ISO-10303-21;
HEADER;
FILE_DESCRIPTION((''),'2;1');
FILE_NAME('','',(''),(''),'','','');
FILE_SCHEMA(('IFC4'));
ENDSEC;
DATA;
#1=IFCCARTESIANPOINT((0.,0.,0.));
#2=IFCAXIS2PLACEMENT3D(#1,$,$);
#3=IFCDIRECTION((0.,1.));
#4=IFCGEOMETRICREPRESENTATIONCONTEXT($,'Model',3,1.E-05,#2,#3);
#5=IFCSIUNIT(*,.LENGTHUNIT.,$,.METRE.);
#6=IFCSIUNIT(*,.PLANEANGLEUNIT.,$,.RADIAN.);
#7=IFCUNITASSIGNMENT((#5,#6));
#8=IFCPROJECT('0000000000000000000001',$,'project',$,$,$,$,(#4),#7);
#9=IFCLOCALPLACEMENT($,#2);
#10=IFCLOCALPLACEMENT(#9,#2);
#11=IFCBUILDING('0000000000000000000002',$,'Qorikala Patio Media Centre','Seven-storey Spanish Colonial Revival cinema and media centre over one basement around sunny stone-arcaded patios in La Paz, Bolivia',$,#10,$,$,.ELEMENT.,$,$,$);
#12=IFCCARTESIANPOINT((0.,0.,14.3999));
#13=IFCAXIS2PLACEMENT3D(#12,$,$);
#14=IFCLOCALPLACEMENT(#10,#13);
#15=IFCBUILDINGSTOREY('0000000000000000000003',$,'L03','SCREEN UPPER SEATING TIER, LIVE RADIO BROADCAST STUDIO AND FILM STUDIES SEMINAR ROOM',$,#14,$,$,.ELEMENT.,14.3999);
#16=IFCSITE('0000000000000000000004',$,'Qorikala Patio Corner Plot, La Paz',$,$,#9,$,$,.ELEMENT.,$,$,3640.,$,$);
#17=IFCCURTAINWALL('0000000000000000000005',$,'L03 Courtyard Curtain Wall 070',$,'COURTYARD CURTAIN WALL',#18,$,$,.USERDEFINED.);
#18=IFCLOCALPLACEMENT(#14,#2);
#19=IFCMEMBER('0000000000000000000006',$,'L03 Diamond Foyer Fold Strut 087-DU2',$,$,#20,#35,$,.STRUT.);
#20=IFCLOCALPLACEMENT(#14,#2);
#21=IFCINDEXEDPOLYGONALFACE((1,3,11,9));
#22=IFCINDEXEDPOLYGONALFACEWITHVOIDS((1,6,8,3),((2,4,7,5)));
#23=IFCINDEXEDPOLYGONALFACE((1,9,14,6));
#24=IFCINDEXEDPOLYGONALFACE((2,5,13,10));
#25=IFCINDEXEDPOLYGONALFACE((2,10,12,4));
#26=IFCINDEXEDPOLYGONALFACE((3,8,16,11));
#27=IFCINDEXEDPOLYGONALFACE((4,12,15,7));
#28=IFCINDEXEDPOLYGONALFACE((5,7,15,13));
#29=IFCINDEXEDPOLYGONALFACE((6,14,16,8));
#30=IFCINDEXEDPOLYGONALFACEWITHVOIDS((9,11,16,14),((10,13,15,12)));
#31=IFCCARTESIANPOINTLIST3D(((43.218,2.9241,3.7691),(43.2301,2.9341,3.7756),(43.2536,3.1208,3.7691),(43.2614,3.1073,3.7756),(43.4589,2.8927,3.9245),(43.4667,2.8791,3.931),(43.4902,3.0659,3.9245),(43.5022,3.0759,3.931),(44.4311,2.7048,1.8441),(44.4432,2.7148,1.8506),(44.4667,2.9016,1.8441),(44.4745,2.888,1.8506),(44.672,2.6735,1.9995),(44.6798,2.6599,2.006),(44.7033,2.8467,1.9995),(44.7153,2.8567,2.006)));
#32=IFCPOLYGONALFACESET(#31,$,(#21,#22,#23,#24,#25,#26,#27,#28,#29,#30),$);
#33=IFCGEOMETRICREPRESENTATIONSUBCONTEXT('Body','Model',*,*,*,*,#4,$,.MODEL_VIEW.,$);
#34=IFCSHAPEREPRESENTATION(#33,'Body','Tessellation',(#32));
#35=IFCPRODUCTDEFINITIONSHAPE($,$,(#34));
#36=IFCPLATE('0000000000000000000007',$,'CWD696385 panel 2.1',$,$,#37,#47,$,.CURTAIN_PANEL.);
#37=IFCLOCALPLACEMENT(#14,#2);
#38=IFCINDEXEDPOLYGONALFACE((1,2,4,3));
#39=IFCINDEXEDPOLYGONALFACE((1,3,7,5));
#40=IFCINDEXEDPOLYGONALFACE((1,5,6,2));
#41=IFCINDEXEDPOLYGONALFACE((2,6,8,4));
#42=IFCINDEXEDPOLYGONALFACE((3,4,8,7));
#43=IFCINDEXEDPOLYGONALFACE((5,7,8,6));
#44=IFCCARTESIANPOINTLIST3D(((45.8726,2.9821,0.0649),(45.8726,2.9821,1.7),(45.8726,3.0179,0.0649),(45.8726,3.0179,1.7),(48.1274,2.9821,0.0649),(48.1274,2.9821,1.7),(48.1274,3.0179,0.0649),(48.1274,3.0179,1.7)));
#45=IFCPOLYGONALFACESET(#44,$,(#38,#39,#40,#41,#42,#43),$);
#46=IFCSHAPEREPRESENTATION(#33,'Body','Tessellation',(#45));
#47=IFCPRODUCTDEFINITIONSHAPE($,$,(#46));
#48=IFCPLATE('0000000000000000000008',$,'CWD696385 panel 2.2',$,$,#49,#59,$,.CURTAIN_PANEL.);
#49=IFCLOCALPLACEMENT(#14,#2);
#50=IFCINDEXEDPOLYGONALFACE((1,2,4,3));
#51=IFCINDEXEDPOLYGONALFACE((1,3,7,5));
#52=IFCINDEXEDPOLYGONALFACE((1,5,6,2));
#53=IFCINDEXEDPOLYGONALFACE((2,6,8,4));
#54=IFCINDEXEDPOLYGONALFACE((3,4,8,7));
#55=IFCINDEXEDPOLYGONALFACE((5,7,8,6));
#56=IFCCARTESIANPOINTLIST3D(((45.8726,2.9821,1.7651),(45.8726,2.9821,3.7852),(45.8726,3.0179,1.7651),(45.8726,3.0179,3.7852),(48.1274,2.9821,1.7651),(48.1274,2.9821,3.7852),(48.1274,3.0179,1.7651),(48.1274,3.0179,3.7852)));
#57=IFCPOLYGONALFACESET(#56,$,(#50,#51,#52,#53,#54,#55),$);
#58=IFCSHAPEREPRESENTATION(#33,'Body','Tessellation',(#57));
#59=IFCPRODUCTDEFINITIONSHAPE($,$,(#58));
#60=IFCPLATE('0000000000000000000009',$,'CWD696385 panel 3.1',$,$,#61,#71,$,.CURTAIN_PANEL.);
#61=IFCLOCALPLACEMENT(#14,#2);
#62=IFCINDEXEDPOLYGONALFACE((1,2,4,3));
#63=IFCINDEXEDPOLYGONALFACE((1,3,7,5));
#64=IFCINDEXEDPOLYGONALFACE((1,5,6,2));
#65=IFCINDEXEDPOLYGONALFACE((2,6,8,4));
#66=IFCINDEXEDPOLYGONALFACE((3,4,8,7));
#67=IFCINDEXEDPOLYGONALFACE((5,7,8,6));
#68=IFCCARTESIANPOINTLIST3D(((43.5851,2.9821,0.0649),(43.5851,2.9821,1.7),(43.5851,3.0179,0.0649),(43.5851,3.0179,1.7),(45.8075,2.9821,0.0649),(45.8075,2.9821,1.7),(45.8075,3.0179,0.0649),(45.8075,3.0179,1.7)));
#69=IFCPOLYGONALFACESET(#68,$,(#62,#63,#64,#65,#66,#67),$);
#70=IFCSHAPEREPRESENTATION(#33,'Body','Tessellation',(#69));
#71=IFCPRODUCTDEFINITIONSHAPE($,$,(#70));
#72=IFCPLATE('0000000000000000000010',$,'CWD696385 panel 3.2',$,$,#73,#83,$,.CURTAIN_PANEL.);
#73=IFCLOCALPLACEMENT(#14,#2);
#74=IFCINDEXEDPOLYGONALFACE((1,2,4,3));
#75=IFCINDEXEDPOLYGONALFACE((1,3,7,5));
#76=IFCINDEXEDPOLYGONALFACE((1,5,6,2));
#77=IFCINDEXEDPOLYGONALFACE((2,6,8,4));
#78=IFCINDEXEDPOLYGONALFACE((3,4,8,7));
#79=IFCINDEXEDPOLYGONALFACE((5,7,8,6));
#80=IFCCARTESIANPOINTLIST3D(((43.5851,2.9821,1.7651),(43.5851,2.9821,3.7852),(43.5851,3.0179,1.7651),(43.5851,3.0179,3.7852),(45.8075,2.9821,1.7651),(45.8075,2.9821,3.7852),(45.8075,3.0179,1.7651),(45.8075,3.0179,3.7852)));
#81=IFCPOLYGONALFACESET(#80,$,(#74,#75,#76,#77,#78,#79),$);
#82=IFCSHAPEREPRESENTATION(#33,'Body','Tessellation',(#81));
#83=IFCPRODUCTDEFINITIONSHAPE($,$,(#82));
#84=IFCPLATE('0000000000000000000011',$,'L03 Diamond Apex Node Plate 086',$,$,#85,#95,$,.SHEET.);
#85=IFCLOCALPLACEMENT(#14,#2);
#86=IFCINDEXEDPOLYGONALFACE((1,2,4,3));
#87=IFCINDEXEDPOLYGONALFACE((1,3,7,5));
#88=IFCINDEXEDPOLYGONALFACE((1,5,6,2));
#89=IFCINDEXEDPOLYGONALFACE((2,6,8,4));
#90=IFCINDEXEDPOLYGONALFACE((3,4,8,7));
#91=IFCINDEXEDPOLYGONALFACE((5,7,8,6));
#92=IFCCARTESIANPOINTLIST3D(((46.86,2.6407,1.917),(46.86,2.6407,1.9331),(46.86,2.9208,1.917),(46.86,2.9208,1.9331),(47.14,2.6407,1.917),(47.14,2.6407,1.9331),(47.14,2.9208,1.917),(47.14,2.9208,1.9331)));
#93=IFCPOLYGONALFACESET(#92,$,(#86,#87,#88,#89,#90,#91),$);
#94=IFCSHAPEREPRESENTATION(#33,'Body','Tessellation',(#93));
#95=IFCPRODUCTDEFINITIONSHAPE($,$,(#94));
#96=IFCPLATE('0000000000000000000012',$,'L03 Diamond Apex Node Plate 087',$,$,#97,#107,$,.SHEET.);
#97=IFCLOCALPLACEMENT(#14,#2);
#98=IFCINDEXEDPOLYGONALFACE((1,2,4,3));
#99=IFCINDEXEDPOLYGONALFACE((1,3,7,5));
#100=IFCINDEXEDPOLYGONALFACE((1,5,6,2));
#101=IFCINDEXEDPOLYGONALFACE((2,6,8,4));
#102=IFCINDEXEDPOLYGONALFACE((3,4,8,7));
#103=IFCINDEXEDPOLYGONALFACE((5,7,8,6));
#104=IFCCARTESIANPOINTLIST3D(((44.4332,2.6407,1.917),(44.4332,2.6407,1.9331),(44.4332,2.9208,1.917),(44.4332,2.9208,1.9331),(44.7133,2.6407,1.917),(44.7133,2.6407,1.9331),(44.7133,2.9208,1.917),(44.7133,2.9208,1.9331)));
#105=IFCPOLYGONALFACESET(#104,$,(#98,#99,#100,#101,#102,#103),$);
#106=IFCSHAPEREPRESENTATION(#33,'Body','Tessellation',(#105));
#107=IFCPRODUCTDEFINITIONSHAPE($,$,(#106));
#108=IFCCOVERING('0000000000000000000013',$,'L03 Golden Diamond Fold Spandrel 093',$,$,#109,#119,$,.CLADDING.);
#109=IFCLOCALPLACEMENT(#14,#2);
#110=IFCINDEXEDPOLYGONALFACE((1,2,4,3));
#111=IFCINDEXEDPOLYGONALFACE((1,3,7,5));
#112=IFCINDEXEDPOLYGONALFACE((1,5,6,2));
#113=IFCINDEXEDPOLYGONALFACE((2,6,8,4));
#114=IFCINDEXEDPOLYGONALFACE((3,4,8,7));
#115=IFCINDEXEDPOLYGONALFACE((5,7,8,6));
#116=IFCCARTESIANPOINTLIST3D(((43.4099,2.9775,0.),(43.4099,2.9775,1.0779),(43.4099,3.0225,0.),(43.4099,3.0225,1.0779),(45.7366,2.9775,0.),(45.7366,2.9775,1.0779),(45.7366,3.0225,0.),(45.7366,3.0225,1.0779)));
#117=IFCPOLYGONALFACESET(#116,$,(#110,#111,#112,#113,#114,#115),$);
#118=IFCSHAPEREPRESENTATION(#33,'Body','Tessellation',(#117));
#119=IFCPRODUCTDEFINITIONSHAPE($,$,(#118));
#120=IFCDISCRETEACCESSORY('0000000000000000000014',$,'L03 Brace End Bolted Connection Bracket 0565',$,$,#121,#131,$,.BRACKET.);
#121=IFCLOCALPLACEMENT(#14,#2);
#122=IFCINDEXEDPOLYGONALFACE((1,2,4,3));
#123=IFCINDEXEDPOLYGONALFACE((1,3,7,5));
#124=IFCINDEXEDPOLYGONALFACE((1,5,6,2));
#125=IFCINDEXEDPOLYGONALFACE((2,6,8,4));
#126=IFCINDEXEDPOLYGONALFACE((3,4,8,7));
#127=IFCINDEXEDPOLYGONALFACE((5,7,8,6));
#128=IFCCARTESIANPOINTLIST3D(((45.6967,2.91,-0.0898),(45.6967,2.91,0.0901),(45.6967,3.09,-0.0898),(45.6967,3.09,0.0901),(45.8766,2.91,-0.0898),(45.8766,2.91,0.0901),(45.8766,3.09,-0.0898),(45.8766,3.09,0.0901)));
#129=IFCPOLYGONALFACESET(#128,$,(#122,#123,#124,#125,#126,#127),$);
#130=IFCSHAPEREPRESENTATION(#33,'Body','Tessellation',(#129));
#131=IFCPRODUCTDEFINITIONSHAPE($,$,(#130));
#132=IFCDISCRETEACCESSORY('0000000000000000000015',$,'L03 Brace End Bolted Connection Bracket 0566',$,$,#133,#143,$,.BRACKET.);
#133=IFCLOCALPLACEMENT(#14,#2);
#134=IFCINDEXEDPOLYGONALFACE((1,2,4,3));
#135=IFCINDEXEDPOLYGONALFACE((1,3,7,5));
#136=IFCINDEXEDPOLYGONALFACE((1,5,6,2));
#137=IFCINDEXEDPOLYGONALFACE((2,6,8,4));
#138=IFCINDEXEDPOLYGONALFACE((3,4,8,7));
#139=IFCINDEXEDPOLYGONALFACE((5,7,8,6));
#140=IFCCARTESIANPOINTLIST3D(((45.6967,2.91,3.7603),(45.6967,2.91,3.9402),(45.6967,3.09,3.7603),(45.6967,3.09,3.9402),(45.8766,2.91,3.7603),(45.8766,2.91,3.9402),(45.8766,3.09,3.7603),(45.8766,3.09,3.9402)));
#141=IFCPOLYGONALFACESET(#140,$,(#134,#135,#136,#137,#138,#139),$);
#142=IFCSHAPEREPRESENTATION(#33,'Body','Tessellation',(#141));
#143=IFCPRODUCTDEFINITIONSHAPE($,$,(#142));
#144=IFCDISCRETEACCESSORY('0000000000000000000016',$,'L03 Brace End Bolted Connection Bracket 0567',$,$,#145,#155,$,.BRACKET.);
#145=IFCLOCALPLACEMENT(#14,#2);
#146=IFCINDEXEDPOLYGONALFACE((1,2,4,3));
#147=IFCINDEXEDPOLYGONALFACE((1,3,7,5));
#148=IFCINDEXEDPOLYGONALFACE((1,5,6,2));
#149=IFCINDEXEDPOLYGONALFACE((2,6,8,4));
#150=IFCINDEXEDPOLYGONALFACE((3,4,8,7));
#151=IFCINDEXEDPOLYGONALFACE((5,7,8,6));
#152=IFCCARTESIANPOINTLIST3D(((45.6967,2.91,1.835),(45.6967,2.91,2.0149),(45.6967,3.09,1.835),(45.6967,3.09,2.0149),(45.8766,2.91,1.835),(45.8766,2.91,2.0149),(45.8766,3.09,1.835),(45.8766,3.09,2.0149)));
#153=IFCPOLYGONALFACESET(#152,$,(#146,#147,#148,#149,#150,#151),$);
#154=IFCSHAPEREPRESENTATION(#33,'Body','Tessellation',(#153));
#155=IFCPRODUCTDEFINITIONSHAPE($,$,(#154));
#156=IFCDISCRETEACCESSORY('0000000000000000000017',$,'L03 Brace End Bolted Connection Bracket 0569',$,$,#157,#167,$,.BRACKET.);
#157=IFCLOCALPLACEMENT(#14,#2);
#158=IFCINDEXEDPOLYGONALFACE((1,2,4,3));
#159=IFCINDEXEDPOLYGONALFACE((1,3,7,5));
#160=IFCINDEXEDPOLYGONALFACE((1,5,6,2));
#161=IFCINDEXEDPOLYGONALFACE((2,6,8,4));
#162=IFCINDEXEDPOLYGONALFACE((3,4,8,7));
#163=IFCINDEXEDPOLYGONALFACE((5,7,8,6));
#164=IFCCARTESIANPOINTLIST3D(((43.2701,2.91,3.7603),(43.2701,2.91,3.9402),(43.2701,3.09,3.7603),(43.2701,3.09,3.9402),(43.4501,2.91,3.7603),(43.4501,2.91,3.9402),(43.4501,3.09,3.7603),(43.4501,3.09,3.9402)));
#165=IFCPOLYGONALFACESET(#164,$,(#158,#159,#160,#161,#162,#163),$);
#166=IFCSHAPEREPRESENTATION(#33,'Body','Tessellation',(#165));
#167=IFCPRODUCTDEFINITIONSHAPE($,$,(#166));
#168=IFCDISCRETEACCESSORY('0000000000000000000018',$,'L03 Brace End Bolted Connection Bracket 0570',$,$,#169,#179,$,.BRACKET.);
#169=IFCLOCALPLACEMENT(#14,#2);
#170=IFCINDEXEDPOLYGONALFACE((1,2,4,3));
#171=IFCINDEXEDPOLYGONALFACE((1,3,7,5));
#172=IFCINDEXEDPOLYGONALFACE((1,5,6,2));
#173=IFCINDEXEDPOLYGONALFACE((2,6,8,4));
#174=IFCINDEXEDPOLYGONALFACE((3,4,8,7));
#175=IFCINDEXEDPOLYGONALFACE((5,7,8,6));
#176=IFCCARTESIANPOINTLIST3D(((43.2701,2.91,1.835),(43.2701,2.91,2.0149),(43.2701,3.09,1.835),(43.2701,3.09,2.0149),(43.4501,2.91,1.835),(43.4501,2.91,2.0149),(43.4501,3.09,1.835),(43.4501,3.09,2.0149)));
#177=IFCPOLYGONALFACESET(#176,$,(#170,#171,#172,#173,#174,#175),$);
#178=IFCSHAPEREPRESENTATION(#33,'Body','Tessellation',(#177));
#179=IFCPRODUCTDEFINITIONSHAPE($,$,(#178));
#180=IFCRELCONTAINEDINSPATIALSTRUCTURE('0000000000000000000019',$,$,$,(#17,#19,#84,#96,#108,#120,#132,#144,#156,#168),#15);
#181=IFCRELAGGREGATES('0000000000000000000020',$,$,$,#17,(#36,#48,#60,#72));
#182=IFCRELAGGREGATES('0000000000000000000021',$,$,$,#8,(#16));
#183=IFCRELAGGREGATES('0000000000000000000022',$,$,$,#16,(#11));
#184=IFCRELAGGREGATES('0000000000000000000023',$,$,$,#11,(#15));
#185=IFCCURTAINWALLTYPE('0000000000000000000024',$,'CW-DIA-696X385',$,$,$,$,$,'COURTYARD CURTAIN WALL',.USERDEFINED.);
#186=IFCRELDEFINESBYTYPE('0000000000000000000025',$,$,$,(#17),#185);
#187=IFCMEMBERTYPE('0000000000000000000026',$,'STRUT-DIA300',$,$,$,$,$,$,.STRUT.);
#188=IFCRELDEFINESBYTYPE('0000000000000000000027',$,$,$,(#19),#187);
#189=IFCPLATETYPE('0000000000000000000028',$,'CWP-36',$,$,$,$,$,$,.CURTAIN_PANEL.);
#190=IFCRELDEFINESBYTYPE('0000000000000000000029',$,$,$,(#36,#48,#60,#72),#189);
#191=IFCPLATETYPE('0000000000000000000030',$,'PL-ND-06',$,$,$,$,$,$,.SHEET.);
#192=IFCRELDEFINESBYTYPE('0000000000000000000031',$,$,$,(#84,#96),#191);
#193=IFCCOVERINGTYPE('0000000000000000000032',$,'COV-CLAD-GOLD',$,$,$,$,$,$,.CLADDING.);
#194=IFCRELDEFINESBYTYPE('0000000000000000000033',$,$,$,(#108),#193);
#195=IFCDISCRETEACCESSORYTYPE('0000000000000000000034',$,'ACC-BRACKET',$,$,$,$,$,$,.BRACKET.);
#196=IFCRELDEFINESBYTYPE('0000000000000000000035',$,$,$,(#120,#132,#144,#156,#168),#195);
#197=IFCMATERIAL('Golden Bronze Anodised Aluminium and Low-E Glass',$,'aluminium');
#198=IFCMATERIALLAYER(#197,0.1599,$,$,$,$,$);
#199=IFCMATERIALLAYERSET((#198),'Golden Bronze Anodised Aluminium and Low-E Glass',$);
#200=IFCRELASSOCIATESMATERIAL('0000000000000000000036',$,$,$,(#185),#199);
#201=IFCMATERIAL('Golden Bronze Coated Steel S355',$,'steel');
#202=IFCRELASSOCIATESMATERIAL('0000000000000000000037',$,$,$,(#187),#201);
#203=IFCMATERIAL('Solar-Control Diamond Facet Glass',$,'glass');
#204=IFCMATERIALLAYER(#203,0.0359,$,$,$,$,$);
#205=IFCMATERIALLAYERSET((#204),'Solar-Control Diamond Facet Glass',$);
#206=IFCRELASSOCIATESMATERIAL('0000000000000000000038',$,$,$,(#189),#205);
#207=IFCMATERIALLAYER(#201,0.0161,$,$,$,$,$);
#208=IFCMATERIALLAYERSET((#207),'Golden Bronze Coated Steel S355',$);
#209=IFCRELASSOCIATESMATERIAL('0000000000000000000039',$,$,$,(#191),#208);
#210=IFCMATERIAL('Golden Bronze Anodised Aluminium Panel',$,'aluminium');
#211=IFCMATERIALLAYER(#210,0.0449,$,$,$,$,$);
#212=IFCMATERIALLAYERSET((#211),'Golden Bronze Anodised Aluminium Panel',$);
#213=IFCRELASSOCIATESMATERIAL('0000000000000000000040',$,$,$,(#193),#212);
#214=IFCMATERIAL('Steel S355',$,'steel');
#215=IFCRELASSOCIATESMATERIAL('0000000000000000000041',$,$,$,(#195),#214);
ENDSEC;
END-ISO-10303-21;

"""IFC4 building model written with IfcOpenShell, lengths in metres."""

from ifc_helpers import new_model, si_unit, direction, frame, origin, origin_2d, place, context, subcontext, project, spatial, rectangle, hollow_rectangle, extrude, material, layer, layer_set, material_profile, profile_set, type_object, element, aggregate, save


model = new_model("IFC4")

# Units and contexts
model_context = context("Model", 3, precision=1e-05, world=origin(), true_north=direction((0.0, 1.0)))
body_context = subcontext(model_context, "Body", "Model", "MODEL_VIEW")
ifc_project = project(units=[si_unit("LENGTHUNIT", "METRE"), si_unit("PLANEANGLEUNIT", "RADIAN")], contexts=[model_context])

# Site, building, storey
site_placement = place(None, origin())
site = spatial("IfcSite", under=ifc_project, at=site_placement, Name="Qorikala Patio Corner Plot, La Paz", CompositionType="ELEMENT", RefElevation=3640.0)
building_placement = place(site_placement, origin())
building = spatial("IfcBuilding", under=site, at=building_placement, Name="Qorikala Patio Media Centre", Description="Seven-storey Spanish Colonial Revival cinema and media centre over one basement around sunny stone-arcaded patios in La Paz, Bolivia", CompositionType="ELEMENT")
storey_placement = place(building_placement, frame((0.0, 0.0, 14.3999)))
storey = spatial("IfcBuildingStorey", under=building, at=storey_placement, Name="L03", Description="SCREEN UPPER SEATING TIER, LIVE RADIO BROADCAST STUDIO AND FILM STUDIES SEMINAR ROOM", CompositionType="ELEMENT", Elevation=14.3999)

# Shared definitions
ifc_material_1 = material(Name="Golden Bronze Coated Steel S355", Category="steel")

# Curtain wall
ifc_material_2 = material(Name="Golden Bronze Anodised Aluminium and Low-E Glass", Category="aluminium")
ifc_layer_1 = layer(ifc_material_2, 0.1599)
ifc_layer_set_1 = layer_set([ifc_layer_1], Name="Golden Bronze Anodised Aluminium and Low-E Glass")
curtain_wall_type = type_object("IfcCurtainWallType", Name="CW-DIA-696X385", ElementType="COURTYARD CURTAIN WALL", PredefinedType="USERDEFINED", material=ifc_layer_set_1)
curtain_wall_placement = place(storey_placement, origin())
curtain_wall = element("IfcCurtainWall", 1, at=curtain_wall_placement, inside=storey, type_object=curtain_wall_type, Name="L03 Courtyard Curtain Wall 070", ObjectType="COURTYARD CURTAIN WALL", PredefinedType="USERDEFINED")

# Member
ifc_material_profile_1 = material_profile(ifc_material_1, hollow_rectangle(XDim=0.2, YDim=0.3, WallThickness=0.012, at=origin_2d()), Name="HSS300X200X12")
ifc_profile_set_1 = profile_set([ifc_material_profile_1], Name="Golden Bronze Coated Steel S355")
member_type_1 = type_object("IfcMemberType", Name="STRUT-DIA300", PredefinedType="STRUT", material=ifc_profile_set_1)
member_1_placement = place(storey_placement, frame((44.5732, 2.7808, 1.925), z_axis=(-0.530691, 0.095907, 0.842121), x_axis=(-0.17784, -0.984059, 0.0)))
element("IfcMember", 2, at=member_1_placement, inside=storey, type_object=member_type_1, Name="L03 Diamond Foyer Fold Strut 087-DU2", PredefinedType="STRUT", context=body_context, shape_type="SweptSolid", body=[
    extrude(hollow_rectangle(XDim=0.2, YDim=0.3, WallThickness=0.012, at=origin_2d()), origin(), (0.0, 0.0, 1.0), 2.2859),
])

# Plates
ifc_material_3 = material(Name="Solar-Control Diamond Facet Glass", Category="glass")
ifc_layer_2 = layer(ifc_material_3, 0.0359)
ifc_layer_set_2 = layer_set([ifc_layer_2], Name="Solar-Control Diamond Facet Glass")
plate_type_1 = type_object("IfcPlateType", Name="CWP-36", PredefinedType="CURTAIN_PANEL", material=ifc_layer_set_2)
plate_1_placement = place(storey_placement, frame((47.0, 3.0, 0.0649), z_axis=(0.0, 0.0, 1.0), x_axis=(-1.0, 0.0, 0.0)))
plate_1 = element("IfcPlate", 3, at=plate_1_placement, type_object=plate_type_1, Name="CWD696385 panel 2.1", PredefinedType="CURTAIN_PANEL", context=body_context, shape_type="SweptSolid", body=[
    extrude(rectangle(XDim=2.2549, YDim=0.0359, at=origin_2d()), origin(), (0.0, 0.0, 1.0), 1.635),
])
plate_2_placement = place(storey_placement, frame((47.0, 3.0, 1.7651), z_axis=(0.0, 0.0, 1.0), x_axis=(-1.0, 0.0, 0.0)))
plate_2 = element("IfcPlate", 4, at=plate_2_placement, type_object=plate_type_1, Name="CWD696385 panel 2.2", PredefinedType="CURTAIN_PANEL", context=body_context, shape_type="SweptSolid", body=[
    extrude(rectangle(XDim=2.2549, YDim=0.0359, at=origin_2d()), origin(), (0.0, 0.0, 1.0), 2.02),
])
plate_3_placement = place(storey_placement, frame((44.6963, 3.0, 0.0649), z_axis=(0.0, 0.0, 1.0), x_axis=(-1.0, 0.0, 0.0)))
plate_3 = element("IfcPlate", 5, at=plate_3_placement, type_object=plate_type_1, Name="CWD696385 panel 3.1", PredefinedType="CURTAIN_PANEL", context=body_context, shape_type="SweptSolid", body=[
    extrude(rectangle(XDim=2.2224, YDim=0.0359, at=origin_2d()), origin(), (0.0, 0.0, 1.0), 1.635),
])
plate_4_placement = place(storey_placement, frame((44.6963, 3.0, 1.7651), z_axis=(0.0, 0.0, 1.0), x_axis=(-1.0, 0.0, 0.0)))
plate_4 = element("IfcPlate", 6, at=plate_4_placement, type_object=plate_type_1, Name="CWD696385 panel 3.2", PredefinedType="CURTAIN_PANEL", context=body_context, shape_type="SweptSolid", body=[
    extrude(rectangle(XDim=2.2224, YDim=0.0359, at=origin_2d()), origin(), (0.0, 0.0, 1.0), 2.02),
])
aggregate(curtain_wall, [plate_1, plate_2, plate_3, plate_4])

# Plates
ifc_layer_3 = layer(ifc_material_1, 0.0161)
ifc_layer_set_3 = layer_set([ifc_layer_3], Name="Golden Bronze Coated Steel S355")
plate_type_2 = type_object("IfcPlateType", Name="PL-ND-06", PredefinedType="SHEET", material=ifc_layer_set_3)
for number, where, z_axis, x_axis, name in (
    (7, (47.0, 2.7808, 1.917), (0.0, 0.0, 1.0), (-1.0, 0.0, 0.0), "L03 Diamond Apex Node Plate 086"),
    (8, (44.5732, 2.7808, 1.917), (0.0, 0.0, 1.0), (-1.0, 0.0, 0.0), "L03 Diamond Apex Node Plate 087"),
):
    element("IfcPlate", number, at=place(storey_placement, frame(where, z_axis=z_axis, x_axis=x_axis)), inside=storey, type_object=plate_type_2, Name=name, PredefinedType="SHEET", context=body_context, shape_type="SweptSolid", body=[
        extrude(rectangle(XDim=0.28, YDim=0.28, at=origin_2d()), origin(), (0.0, 0.0, 1.0), 0.0161),
    ])

# Covering
ifc_material_4 = material(Name="Golden Bronze Anodised Aluminium Panel", Category="aluminium")
ifc_layer_4 = layer(ifc_material_4, 0.0449)
ifc_layer_set_4 = layer_set([ifc_layer_4], Name="Golden Bronze Anodised Aluminium Panel")
covering_type = type_object("IfcCoveringType", Name="COV-CLAD-GOLD", PredefinedType="CLADDING", material=ifc_layer_set_4)
covering_placement = place(storey_placement, frame((44.5732, 3.0, 0.0), z_axis=(0.0, 0.0, 1.0), x_axis=(-1.0, 0.0, 0.0)))
element("IfcCovering", 9, at=covering_placement, inside=storey, type_object=covering_type, Name="L03 Golden Diamond Fold Spandrel 093", PredefinedType="CLADDING", context=body_context, shape_type="SweptSolid", body=[
    extrude(rectangle(XDim=2.3267, YDim=0.0449, at=origin_2d()), origin(), (0.0, 0.0, 1.0), 1.0779),
])

# Discrete accessories
ifc_material_5 = material(Name="Steel S355", Category="steel")
discrete_accessory_type = type_object("IfcDiscreteAccessoryType", Name="ACC-BRACKET", PredefinedType="BRACKET", material=ifc_material_5)
for number, where, z_axis, x_axis, name in (
    (10, (45.7866, 3.0, -0.0898), (0.0, 0.0, 1.0), (1.0, 0.0, 0.0), "L03 Brace End Bolted Connection Bracket 0565"),
    (11, (45.7866, 3.0, 3.7603), (0.0, 0.0, 1.0), (1.0, 0.0, 0.0), "L03 Brace End Bolted Connection Bracket 0566"),
    (12, (45.7866, 3.0, 1.835), (0.0, 0.0, 1.0), (1.0, 0.0, 0.0), "L03 Brace End Bolted Connection Bracket 0567"),
    (13, (43.3601, 3.0, 3.7603), (0.0, 0.0, 1.0), (1.0, 0.0, 0.0), "L03 Brace End Bolted Connection Bracket 0569"),
    (14, (43.3601, 3.0, 1.835), (0.0, 0.0, 1.0), (1.0, 0.0, 0.0), "L03 Brace End Bolted Connection Bracket 0570"),
):
    element("IfcDiscreteAccessory", number, at=place(storey_placement, frame(where, z_axis=z_axis, x_axis=x_axis)), inside=storey, type_object=discrete_accessory_type, Name=name, PredefinedType="BRACKET", context=body_context, shape_type="SweptSolid", body=[
        extrude(rectangle(XDim=0.1799, YDim=0.1799, at=origin_2d()), origin(), (0.0, 0.0, 1.0), 0.1799),
    ])

save(model, "model.ifc")
